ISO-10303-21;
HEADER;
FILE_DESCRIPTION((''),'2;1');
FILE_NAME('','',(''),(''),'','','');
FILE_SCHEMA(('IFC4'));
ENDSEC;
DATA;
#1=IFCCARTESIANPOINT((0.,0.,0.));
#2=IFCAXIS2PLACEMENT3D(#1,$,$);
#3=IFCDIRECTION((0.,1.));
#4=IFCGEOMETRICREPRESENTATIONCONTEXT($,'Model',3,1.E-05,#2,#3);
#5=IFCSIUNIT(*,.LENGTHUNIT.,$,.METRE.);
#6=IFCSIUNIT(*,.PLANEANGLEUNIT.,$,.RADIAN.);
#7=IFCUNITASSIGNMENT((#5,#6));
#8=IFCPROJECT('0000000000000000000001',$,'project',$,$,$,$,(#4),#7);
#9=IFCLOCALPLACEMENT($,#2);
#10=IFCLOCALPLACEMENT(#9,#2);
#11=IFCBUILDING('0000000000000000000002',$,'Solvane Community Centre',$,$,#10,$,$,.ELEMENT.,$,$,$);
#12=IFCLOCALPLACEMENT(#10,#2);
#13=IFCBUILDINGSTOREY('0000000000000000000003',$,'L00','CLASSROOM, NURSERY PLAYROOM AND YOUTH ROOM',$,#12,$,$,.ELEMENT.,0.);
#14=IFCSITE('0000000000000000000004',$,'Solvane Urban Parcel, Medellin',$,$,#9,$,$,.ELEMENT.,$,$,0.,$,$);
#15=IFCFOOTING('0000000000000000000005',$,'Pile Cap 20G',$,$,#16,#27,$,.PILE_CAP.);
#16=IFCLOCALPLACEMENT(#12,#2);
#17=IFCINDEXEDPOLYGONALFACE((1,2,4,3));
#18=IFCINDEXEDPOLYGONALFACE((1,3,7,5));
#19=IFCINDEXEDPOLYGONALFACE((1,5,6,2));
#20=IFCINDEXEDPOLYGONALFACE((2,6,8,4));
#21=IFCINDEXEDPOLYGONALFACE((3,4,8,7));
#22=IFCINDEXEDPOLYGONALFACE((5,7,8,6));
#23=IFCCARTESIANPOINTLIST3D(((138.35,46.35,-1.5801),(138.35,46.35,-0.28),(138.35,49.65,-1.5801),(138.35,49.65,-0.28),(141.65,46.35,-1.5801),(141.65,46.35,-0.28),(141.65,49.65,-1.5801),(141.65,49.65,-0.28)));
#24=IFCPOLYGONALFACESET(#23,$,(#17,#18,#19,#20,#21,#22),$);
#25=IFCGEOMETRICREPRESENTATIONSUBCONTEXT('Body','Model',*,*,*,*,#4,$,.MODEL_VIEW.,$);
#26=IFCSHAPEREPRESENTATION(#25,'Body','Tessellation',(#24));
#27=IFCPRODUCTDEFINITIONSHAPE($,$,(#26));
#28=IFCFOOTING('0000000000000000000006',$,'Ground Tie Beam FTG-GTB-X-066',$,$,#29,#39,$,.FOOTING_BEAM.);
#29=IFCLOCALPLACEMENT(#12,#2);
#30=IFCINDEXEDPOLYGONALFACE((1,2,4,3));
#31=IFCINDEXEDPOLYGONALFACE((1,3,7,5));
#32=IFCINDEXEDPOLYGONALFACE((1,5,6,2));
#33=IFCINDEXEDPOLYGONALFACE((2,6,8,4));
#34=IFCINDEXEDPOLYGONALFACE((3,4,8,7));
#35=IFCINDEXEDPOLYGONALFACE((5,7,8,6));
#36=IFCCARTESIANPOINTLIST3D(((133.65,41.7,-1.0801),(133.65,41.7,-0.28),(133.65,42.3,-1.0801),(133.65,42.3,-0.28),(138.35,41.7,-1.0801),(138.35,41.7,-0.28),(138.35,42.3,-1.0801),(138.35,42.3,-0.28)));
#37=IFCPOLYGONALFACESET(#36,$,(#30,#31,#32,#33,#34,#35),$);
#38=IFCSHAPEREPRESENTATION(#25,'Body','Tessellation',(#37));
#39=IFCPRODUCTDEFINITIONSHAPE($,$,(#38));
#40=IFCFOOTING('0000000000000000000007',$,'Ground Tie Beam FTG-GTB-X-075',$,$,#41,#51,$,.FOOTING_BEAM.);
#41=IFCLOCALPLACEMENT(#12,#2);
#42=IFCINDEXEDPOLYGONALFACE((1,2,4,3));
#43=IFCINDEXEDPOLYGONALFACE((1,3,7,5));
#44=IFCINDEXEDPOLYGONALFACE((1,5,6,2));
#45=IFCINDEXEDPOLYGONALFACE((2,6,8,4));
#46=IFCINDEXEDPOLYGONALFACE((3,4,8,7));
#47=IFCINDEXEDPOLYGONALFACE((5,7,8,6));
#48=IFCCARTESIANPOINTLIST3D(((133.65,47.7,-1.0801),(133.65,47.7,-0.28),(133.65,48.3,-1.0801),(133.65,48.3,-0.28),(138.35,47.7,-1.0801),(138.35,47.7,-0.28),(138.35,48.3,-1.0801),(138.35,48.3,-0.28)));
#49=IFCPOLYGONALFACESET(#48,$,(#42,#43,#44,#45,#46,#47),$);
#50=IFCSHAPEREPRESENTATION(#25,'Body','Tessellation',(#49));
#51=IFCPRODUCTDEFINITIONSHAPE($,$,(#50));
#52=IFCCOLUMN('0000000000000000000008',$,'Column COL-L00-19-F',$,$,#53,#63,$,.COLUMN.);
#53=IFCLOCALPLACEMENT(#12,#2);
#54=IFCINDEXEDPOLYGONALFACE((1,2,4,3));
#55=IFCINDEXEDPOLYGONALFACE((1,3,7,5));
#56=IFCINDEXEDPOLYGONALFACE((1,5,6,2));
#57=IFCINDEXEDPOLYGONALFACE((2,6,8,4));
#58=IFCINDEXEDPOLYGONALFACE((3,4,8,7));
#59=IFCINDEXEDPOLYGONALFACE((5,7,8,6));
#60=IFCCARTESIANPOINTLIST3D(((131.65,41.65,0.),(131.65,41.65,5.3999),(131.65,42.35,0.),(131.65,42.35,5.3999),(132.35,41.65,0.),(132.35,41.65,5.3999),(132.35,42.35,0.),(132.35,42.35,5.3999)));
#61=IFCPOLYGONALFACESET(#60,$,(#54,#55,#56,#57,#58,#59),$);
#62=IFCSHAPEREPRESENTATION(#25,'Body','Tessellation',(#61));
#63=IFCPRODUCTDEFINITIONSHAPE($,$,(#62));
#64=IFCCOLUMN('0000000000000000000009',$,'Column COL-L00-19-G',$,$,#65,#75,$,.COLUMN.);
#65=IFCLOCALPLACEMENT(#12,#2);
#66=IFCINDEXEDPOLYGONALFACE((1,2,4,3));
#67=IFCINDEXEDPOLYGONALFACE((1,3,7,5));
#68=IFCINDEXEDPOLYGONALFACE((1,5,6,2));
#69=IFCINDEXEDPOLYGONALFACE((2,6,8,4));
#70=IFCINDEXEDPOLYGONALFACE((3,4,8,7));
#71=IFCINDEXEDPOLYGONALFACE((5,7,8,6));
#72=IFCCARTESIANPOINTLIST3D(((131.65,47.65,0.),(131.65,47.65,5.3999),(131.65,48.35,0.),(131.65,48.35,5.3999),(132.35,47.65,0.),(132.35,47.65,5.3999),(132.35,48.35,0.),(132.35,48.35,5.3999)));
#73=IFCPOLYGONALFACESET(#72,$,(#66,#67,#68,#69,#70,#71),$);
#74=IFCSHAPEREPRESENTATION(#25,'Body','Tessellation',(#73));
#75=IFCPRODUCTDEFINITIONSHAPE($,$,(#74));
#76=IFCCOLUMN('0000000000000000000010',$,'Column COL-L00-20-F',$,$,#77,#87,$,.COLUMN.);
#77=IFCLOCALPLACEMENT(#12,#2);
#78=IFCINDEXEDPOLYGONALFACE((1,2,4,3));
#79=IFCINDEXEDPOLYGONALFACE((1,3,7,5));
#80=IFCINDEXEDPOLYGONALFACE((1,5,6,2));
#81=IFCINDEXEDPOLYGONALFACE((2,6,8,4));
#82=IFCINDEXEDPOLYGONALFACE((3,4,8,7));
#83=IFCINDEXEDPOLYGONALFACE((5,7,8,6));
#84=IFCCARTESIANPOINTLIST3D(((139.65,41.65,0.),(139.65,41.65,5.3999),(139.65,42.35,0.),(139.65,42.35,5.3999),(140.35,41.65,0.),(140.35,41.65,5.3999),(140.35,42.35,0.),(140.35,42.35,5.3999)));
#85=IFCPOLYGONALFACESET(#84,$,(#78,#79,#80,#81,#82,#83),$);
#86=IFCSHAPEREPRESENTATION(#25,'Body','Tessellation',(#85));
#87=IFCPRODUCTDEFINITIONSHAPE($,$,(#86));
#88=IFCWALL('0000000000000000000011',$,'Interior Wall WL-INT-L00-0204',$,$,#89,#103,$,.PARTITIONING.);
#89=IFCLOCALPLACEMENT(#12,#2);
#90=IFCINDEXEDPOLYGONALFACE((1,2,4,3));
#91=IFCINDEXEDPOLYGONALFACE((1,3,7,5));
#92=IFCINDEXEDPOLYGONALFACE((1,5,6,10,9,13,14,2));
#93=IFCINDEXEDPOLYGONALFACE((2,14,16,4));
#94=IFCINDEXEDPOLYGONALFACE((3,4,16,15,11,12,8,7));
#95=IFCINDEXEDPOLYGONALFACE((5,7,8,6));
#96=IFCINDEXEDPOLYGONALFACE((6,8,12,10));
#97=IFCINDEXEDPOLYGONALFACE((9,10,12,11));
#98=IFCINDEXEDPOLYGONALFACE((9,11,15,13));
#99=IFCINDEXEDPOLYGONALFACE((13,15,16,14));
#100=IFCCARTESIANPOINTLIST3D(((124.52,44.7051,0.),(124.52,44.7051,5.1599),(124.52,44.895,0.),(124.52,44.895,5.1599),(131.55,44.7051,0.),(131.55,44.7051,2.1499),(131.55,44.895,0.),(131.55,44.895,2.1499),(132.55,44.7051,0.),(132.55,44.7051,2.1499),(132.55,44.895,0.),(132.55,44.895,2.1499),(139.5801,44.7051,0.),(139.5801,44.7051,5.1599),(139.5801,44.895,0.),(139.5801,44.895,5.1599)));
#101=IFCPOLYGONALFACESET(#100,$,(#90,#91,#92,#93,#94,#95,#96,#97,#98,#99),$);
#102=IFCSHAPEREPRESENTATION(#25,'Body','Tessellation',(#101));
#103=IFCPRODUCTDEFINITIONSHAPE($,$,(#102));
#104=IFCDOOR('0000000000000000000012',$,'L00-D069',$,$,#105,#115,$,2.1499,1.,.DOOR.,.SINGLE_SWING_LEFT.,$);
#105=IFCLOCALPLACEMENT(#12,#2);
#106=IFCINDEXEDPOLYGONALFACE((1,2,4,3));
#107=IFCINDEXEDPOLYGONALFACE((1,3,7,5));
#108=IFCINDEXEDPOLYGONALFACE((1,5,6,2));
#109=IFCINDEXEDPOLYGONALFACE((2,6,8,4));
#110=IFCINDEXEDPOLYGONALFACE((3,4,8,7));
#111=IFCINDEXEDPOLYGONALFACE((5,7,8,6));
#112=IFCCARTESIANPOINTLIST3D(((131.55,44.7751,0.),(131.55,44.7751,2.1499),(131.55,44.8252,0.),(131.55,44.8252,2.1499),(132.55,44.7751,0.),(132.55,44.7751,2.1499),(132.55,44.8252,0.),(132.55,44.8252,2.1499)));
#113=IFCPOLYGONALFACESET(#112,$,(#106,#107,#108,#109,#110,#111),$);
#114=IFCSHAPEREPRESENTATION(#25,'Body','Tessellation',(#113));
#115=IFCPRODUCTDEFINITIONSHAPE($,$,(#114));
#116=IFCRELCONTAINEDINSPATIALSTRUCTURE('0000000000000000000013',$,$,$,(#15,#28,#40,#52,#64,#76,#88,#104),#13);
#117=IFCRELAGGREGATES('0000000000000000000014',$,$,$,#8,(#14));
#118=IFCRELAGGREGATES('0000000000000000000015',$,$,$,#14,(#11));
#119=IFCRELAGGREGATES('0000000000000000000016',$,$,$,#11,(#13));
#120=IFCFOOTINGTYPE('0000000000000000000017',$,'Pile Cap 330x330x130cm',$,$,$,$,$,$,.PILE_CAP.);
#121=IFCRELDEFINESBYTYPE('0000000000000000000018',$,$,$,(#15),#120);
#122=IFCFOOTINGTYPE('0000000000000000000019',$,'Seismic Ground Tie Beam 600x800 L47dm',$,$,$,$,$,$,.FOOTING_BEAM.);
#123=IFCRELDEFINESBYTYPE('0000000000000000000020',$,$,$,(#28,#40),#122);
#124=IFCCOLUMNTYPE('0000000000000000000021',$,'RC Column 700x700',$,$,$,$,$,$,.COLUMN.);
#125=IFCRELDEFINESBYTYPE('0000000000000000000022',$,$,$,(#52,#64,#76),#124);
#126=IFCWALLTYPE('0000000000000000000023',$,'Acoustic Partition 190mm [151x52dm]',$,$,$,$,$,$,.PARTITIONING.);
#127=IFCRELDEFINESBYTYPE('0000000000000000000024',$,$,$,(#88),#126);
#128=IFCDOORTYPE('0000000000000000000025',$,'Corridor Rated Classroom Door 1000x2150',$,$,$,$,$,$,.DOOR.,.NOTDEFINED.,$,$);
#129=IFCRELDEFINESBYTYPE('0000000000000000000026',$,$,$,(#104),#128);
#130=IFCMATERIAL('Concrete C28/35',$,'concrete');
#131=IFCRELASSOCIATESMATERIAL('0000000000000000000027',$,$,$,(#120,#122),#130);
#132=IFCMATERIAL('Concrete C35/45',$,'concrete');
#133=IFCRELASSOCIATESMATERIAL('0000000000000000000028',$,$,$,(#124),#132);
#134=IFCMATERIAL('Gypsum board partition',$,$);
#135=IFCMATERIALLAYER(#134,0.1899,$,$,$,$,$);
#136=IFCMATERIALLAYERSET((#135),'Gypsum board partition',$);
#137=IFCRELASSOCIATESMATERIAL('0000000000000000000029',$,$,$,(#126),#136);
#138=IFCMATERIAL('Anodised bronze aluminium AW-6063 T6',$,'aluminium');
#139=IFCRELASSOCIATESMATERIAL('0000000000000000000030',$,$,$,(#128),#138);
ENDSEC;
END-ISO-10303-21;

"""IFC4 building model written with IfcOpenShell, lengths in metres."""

from ifc_helpers import new_model, si_unit, direction, frame, frame_2d, origin, origin_2d, place, context, subcontext, project, spatial, rectangle, extrude, material, layer, layer_set, material_profile, profile_set, type_object, element, fill, save


model = new_model("IFC4")

# Units and contexts
model_context = context("Model", 3, precision=1e-05, world=origin(), true_north=direction((0.0, 1.0)))
body_context = subcontext(model_context, "Body", "Model", "MODEL_VIEW")
ifc_project = project(units=[si_unit("LENGTHUNIT", "METRE"), si_unit("PLANEANGLEUNIT", "RADIAN")], contexts=[model_context])

# Site, building, storey
site_placement = place(None, origin())
site = spatial("IfcSite", under=ifc_project, at=site_placement, Name="Solvane Urban Parcel, Medellin", CompositionType="ELEMENT", RefElevation=0.0)
building_placement = place(site_placement, origin())
building = spatial("IfcBuilding", under=site, at=building_placement, Name="Solvane Community Centre", CompositionType="ELEMENT")
storey_placement = place(building_placement, origin())
storey = spatial("IfcBuildingStorey", under=building, at=storey_placement, Name="L00", Description="CLASSROOM, NURSERY PLAYROOM AND YOUTH ROOM", CompositionType="ELEMENT", Elevation=0.0)

# Shared definitions
ifc_material_1 = material(Name="Concrete C28/35", Category="concrete")

# Footings
footing_type_1 = type_object("IfcFootingType", Name="Pile Cap 330x330x130cm", PredefinedType="PILE_CAP", material=ifc_material_1)
for number, where, z_axis, x_axis, name in (
    (1, (140.0, 48.0, -1.5801), (0.0, 0.0, 1.0), (1.0, 0.0, 0.0), "Pile Cap 20G"),
):
    element("IfcFooting", number, at=place(storey_placement, frame(where, z_axis=z_axis, x_axis=x_axis)), inside=storey, type_object=footing_type_1, Name=name, PredefinedType="PILE_CAP", context=body_context, shape_type="SweptSolid", body=[
        extrude(rectangle(XDim=3.3, YDim=3.3, at=origin_2d()), origin(), (0.0, 0.0, 1.0), 1.3),
    ])
footing_type_2 = type_object("IfcFootingType", Name="Seismic Ground Tie Beam 600x800 L47dm", PredefinedType="FOOTING_BEAM", material=ifc_material_1)
for number, where, z_axis, x_axis, name in (
    (2, (136.0, 42.0, -1.0801), (0.0, 0.0, 1.0), (1.0, 0.0, 0.0), "Ground Tie Beam FTG-GTB-X-066"),
    (3, (136.0, 48.0, -1.0801), (0.0, 0.0, 1.0), (1.0, 0.0, 0.0), "Ground Tie Beam FTG-GTB-X-075"),
):
    element("IfcFooting", number, at=place(storey_placement, frame(where, z_axis=z_axis, x_axis=x_axis)), inside=storey, type_object=footing_type_2, Name=name, PredefinedType="FOOTING_BEAM", context=body_context, shape_type="SweptSolid", body=[
        extrude(rectangle(XDim=4.7, YDim=0.6001, at=origin_2d()), origin(), (0.0, 0.0, 1.0), 0.8),
    ])

# Columns
ifc_material_2 = material(Name="Concrete C35/45", Category="concrete")
ifc_material_profile_1 = material_profile(ifc_material_2, rectangle(XDim=0.7, YDim=0.7, at=origin_2d()), Name="RC 700x700")
ifc_profile_set_1 = profile_set([ifc_material_profile_1], Name="Concrete C35/45")
column_type = type_object("IfcColumnType", Name="RC Column 700x700", PredefinedType="COLUMN", material=ifc_profile_set_1)
for number, where, z_axis, x_axis, name in (
    (4, (132.0, 42.0, 0.0), (0.0, 0.0, 1.0), (1.0, 0.0, 0.0), "Column COL-L00-19-F"),
    (5, (132.0, 48.0, 0.0), (0.0, 0.0, 1.0), (1.0, 0.0, 0.0), "Column COL-L00-19-G"),
    (6, (140.0, 42.0, 0.0), (0.0, 0.0, 1.0), (1.0, 0.0, 0.0), "Column COL-L00-20-F"),
):
    element("IfcColumn", number, at=place(storey_placement, frame(where, z_axis=z_axis, x_axis=x_axis)), inside=storey, type_object=column_type, Name=name, PredefinedType="COLUMN", context=body_context, shape_type="SweptSolid", body=[
        extrude(rectangle(XDim=0.7, YDim=0.7, at=origin_2d()), origin(), (0.0, 0.0, 1.0), 5.3999),
    ])

# Wall, opening, door
ifc_material_3 = material(Name="Gypsum board partition")
ifc_layer = layer(ifc_material_3, 0.1899)
ifc_layer_set = layer_set([ifc_layer], Name="Gypsum board partition")
wall_type = type_object("IfcWallType", Name="Acoustic Partition 190mm [151x52dm]", PredefinedType="PARTITIONING", material=ifc_layer_set)
wall_placement = place(storey_placement, frame((139.5801, 44.8, 0.0), z_axis=(0.0, 0.0, 1.0), x_axis=(-1.0, 0.0, 0.0)))
wall = element("IfcWall", 7, at=wall_placement, inside=storey, type_object=wall_type, Name="Interior Wall WL-INT-L00-0204", PredefinedType="PARTITIONING", context=body_context, shape_type="SweptSolid", body=[
    extrude(rectangle(XDim=15.0601, YDim=0.1899, at=frame_2d((7.53, 0.0))), origin(), (0.0, 0.0, 1.0), 5.1599),
])
opening_placement = place(wall_placement, frame((7.03, 0.0, 0.0)))
opening = element("IfcOpeningElement", 8, at=opening_placement, cuts=wall, PredefinedType="OPENING", context=body_context, shape_type="SweptSolid", body=[
    extrude(rectangle(XDim=1.0, YDim=2.1499, at=frame_2d((0.5, 1.075))), frame((0.0, 0.105, 0.0), z_axis=(0.0, -1.0, 0.0), x_axis=(1.0, 0.0, 0.0)), (0.0, 0.0, 1.0), 0.21),
])
ifc_material_4 = material(Name="Anodised bronze aluminium AW-6063 T6", Category="aluminium")
door_type = type_object("IfcDoorType", Name="Corridor Rated Classroom Door 1000x2150", OperationType="NOTDEFINED", PredefinedType="DOOR", material=ifc_material_4)
door_placement = place(opening_placement, origin())
door = element("IfcDoor", 9, at=door_placement, inside=storey, type_object=door_type, Name="L00-D069", OperationType="SINGLE_SWING_LEFT", OverallHeight=2.1499, OverallWidth=1.0, PredefinedType="DOOR", context=body_context, shape_type="SweptSolid", body=[
    extrude(rectangle(XDim=1.0, YDim=2.1499, at=frame_2d((0.5, 1.075))), frame((0.0, 0.0249, 0.0), z_axis=(0.0, -1.0, 0.0), x_axis=(1.0, 0.0, 0.0)), (0.0, 0.0, 1.0), 0.05),
])
fill(opening, door)

save(model, "model.ifc")
